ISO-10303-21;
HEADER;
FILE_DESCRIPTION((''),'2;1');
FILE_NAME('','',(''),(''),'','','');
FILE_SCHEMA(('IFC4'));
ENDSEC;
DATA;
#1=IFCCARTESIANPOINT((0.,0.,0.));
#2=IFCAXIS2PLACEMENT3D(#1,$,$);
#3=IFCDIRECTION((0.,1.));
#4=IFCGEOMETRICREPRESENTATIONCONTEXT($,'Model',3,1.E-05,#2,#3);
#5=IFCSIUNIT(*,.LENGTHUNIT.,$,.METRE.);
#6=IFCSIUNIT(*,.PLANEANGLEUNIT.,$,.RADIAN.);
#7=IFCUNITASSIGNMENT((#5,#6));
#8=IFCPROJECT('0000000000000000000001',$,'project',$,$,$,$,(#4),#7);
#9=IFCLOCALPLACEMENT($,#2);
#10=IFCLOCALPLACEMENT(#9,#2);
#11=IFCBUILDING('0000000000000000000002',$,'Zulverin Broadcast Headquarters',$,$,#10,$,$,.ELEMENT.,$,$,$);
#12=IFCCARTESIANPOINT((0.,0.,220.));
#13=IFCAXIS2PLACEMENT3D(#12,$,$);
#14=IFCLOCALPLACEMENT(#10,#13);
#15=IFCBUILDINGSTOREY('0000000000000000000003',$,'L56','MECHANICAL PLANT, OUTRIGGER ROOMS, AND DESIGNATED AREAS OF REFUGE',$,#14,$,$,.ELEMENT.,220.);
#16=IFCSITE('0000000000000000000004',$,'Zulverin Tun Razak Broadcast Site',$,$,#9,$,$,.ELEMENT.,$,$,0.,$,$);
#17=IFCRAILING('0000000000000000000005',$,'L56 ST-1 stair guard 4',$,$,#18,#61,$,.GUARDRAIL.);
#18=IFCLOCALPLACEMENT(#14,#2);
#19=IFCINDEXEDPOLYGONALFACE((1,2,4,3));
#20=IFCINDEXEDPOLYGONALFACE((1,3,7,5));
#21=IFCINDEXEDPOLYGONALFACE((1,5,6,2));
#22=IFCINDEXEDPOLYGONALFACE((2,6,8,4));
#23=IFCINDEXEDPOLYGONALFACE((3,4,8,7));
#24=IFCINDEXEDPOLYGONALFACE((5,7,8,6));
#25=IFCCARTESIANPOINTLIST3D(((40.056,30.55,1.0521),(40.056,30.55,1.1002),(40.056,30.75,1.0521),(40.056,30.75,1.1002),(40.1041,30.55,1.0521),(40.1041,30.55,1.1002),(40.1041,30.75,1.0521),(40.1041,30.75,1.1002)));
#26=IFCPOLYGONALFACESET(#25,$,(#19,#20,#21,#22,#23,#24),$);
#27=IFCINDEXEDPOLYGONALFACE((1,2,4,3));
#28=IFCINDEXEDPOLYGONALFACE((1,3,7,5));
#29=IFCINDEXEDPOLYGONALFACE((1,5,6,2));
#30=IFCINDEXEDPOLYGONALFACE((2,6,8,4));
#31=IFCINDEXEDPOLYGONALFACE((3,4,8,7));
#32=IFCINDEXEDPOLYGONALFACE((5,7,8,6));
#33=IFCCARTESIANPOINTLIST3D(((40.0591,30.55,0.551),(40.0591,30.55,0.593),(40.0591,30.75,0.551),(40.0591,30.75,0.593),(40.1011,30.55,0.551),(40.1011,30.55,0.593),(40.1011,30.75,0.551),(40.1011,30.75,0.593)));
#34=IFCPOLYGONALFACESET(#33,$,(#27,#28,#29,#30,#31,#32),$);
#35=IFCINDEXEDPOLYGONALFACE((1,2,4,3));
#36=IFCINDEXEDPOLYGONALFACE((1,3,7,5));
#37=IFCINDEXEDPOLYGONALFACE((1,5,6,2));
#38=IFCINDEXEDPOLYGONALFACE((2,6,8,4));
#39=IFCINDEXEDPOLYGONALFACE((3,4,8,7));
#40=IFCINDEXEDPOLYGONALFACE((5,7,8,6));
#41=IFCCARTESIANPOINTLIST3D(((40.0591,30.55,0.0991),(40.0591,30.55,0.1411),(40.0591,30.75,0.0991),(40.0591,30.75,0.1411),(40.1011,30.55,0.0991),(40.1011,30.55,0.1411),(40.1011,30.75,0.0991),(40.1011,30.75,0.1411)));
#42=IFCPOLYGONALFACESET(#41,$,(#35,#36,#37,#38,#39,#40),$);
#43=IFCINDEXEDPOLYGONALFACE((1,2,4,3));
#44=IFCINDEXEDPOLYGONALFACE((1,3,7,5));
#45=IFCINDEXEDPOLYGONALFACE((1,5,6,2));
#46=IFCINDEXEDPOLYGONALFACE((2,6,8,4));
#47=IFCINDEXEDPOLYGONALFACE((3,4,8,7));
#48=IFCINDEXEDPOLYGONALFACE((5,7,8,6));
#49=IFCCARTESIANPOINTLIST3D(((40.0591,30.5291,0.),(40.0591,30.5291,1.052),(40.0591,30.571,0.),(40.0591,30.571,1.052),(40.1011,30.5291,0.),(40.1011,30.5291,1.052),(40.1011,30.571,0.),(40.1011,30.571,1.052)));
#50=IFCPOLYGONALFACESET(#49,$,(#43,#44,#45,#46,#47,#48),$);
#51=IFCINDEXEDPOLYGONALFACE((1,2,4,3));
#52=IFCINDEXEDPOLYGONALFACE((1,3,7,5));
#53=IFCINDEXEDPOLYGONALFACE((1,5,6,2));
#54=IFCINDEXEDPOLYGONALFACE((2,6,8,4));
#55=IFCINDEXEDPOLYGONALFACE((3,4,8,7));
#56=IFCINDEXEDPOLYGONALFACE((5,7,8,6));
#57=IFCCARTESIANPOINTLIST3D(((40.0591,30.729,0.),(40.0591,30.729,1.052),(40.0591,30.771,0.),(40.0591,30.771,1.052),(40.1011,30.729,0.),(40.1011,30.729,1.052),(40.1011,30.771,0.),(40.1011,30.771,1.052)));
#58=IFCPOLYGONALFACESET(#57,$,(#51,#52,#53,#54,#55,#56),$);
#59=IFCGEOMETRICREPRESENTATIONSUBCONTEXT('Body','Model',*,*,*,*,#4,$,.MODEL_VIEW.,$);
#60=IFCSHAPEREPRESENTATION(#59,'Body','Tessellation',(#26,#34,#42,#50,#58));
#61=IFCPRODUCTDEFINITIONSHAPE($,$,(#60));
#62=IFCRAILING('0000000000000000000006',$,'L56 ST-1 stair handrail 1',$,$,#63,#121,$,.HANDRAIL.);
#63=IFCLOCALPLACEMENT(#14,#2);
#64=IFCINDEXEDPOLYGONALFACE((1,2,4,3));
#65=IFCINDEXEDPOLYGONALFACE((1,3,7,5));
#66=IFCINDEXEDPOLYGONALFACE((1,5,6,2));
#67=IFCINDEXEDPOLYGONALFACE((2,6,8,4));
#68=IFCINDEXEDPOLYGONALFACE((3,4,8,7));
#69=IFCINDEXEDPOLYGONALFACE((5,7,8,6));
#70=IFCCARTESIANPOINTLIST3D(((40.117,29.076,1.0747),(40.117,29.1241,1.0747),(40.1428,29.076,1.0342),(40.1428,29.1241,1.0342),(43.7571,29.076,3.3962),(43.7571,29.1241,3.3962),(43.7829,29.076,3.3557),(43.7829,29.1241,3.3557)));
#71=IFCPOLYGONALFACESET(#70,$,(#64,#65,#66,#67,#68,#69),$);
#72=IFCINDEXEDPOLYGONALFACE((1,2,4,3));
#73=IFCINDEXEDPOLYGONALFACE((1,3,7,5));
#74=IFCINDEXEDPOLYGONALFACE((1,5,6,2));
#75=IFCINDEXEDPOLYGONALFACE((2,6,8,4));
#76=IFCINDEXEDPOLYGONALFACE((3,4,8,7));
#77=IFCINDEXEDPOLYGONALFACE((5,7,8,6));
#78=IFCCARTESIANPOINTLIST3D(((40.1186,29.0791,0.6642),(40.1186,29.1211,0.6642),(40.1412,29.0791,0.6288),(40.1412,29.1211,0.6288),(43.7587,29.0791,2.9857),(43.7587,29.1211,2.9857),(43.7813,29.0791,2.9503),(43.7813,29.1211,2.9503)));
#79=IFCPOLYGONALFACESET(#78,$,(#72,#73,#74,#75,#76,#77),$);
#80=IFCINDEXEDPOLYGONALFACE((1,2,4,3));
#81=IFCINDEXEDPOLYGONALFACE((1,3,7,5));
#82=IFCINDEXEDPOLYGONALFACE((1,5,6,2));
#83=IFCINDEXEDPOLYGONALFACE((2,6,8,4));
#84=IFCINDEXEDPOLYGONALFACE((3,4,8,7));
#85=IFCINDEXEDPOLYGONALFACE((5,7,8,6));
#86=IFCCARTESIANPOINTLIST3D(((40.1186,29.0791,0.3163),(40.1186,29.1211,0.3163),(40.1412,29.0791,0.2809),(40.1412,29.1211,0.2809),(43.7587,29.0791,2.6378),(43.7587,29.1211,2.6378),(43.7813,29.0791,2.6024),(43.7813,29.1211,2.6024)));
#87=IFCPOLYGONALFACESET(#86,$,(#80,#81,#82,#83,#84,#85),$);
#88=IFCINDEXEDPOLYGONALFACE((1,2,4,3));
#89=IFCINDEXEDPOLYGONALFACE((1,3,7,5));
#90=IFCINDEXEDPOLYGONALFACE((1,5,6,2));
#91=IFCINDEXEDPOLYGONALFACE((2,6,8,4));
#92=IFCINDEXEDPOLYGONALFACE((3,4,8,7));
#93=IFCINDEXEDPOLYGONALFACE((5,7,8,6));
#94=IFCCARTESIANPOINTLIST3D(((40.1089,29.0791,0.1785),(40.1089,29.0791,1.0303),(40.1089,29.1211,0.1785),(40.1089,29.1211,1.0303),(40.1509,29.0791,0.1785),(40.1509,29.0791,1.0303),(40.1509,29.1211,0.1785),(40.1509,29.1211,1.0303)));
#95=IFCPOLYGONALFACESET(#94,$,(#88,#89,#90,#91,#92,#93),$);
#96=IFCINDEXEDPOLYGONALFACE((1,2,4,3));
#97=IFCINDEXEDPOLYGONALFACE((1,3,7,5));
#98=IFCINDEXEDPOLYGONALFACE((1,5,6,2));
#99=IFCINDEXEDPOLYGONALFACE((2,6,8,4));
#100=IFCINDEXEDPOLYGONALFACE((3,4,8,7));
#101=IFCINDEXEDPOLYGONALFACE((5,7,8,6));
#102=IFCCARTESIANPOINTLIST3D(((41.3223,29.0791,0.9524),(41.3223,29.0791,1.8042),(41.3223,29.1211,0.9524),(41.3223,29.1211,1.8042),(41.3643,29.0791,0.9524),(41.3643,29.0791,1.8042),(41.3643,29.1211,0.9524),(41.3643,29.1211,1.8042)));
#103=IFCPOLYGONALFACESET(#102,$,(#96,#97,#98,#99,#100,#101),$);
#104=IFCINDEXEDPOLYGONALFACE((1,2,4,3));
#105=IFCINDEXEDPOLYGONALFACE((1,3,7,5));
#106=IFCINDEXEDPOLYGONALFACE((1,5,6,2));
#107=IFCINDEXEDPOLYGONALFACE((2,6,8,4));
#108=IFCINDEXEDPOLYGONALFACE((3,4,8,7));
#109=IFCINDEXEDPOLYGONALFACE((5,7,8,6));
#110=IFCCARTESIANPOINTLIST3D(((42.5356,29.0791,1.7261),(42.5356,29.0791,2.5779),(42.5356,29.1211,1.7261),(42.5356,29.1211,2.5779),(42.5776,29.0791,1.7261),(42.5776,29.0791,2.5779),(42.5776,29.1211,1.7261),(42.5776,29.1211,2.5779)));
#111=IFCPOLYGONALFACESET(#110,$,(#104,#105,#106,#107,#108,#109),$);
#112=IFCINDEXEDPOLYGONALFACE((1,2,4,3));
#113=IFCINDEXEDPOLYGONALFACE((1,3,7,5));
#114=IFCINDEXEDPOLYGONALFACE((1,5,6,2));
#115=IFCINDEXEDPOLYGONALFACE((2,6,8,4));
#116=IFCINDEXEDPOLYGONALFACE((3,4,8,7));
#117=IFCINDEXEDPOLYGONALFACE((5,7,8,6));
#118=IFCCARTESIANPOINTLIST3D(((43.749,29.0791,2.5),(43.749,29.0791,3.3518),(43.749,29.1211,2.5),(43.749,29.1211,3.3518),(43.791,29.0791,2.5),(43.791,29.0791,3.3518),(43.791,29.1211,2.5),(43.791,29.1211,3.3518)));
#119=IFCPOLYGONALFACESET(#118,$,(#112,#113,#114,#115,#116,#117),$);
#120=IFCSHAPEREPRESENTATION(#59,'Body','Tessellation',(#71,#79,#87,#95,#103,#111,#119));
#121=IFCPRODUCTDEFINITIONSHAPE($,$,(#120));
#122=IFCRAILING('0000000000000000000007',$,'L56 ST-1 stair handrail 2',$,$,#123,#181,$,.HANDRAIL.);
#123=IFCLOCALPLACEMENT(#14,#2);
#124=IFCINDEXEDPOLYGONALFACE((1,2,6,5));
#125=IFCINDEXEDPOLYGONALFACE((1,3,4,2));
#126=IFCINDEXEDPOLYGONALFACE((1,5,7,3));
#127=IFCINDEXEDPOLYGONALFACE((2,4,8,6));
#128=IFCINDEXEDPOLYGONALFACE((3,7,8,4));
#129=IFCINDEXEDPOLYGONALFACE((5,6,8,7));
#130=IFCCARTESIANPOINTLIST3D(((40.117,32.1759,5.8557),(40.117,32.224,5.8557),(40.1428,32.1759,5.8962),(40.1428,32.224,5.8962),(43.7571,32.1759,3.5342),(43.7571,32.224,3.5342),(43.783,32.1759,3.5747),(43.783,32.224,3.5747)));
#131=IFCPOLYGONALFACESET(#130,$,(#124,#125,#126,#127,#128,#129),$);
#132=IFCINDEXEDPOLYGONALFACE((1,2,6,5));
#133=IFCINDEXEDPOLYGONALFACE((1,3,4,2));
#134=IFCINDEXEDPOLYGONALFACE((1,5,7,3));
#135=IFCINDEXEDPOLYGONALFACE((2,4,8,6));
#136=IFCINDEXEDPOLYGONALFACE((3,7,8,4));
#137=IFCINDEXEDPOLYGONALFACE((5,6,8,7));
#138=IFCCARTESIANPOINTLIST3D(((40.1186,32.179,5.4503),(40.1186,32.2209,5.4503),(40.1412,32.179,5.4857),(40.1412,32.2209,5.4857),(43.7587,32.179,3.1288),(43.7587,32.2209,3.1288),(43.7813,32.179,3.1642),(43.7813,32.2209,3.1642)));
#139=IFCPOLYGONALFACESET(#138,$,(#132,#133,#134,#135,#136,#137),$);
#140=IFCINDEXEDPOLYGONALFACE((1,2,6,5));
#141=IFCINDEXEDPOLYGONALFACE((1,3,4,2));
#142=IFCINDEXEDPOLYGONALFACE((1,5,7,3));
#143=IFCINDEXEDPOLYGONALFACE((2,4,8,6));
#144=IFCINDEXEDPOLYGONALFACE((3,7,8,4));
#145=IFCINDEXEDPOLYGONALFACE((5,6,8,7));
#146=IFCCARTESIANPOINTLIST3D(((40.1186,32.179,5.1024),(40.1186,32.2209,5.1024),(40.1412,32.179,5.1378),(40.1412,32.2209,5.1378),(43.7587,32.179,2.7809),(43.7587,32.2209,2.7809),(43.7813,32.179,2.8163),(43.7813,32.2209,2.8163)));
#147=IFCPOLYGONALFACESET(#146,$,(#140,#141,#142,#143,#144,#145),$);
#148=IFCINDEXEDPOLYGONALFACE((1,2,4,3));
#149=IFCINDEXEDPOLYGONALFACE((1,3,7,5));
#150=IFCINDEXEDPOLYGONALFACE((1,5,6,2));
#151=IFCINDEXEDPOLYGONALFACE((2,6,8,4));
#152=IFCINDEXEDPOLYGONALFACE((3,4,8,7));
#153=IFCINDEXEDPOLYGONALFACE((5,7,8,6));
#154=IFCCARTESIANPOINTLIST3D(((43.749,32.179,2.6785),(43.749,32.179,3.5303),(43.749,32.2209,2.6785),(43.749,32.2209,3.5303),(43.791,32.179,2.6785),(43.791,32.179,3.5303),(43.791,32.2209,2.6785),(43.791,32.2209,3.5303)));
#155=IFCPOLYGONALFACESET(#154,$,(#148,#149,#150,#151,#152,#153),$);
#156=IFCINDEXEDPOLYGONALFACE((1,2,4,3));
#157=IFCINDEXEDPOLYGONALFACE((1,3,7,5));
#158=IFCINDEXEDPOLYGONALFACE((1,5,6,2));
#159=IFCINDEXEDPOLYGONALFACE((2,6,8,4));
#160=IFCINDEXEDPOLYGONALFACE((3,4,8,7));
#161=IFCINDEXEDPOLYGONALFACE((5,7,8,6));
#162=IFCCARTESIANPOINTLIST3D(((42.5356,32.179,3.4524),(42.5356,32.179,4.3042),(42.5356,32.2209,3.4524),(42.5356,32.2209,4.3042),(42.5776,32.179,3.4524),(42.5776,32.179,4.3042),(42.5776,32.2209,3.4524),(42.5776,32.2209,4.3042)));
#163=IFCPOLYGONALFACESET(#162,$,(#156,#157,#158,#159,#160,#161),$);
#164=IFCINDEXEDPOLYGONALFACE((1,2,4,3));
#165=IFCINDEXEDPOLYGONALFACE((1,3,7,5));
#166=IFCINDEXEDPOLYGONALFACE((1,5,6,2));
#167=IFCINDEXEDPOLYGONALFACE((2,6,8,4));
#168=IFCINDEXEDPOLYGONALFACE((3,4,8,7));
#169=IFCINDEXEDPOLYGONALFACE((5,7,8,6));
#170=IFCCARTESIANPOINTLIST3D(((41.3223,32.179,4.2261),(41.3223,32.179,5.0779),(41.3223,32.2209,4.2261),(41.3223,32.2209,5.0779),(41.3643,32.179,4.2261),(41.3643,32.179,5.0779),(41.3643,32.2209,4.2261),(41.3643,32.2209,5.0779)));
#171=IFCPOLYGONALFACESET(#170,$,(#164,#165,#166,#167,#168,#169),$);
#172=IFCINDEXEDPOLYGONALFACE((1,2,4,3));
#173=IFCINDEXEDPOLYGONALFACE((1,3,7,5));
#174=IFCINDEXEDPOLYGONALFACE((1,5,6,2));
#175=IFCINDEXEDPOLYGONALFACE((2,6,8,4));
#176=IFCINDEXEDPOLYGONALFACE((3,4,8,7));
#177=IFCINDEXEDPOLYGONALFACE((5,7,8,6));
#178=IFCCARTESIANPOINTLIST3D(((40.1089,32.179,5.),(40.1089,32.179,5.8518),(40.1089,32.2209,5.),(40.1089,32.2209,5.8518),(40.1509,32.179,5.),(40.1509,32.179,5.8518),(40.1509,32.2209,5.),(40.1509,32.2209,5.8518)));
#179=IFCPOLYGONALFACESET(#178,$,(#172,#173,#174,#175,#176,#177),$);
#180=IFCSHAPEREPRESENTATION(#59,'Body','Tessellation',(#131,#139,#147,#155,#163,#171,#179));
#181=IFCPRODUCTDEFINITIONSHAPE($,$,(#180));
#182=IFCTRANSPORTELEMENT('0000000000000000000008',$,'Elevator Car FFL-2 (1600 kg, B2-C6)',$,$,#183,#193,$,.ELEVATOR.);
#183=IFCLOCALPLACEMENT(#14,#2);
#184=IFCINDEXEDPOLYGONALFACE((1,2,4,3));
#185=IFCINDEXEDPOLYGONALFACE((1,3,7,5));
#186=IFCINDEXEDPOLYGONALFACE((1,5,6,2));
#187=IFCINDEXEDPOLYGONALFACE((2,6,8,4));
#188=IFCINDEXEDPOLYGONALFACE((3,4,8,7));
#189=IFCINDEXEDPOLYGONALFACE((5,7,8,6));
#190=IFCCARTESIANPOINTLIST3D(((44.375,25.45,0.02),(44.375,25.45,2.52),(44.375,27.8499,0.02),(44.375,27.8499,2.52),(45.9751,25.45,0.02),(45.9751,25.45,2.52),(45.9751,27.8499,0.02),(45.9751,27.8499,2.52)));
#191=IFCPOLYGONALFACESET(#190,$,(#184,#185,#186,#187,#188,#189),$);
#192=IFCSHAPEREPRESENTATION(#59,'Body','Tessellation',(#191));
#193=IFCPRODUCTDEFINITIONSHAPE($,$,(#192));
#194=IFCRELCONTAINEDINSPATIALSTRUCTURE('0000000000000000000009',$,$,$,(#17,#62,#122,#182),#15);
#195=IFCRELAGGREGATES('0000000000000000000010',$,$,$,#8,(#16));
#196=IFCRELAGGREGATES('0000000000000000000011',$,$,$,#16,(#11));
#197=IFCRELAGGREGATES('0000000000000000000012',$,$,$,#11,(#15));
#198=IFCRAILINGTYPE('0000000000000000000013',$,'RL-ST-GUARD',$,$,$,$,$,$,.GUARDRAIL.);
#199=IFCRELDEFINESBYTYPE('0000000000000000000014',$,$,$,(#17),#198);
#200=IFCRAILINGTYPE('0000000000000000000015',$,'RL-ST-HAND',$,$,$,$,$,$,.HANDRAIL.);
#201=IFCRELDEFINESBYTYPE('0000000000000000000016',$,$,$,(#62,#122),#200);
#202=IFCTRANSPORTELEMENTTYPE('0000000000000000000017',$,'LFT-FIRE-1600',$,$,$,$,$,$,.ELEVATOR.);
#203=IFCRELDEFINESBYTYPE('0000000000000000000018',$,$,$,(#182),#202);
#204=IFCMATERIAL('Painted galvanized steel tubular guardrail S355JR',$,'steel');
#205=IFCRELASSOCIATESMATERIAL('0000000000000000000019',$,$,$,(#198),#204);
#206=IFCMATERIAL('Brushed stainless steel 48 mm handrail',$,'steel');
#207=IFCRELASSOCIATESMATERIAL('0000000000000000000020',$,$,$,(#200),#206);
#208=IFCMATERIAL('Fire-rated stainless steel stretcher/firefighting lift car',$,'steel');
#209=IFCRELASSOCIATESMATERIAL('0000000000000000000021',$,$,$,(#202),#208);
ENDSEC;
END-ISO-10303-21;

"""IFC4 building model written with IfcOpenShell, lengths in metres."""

from ifc_helpers import new_model, si_unit, direction, frame, origin, origin_2d, place, context, subcontext, project, spatial, rectangle, extrude, material, type_object, element, save


model = new_model("IFC4")

# Units and contexts
model_context = context("Model", 3, precision=1e-05, world=origin(), true_north=direction((0.0, 1.0)))
body_context = subcontext(model_context, "Body", "Model", "MODEL_VIEW")
ifc_project = project(units=[si_unit("LENGTHUNIT", "METRE"), si_unit("PLANEANGLEUNIT", "RADIAN")], contexts=[model_context])

# Site, building, storey
site_placement = place(None, origin())
site = spatial("IfcSite", under=ifc_project, at=site_placement, Name="Zulverin Tun Razak Broadcast Site", CompositionType="ELEMENT", RefElevation=0.0)
building_placement = place(site_placement, origin())
building = spatial("IfcBuilding", under=site, at=building_placement, Name="Zulverin Broadcast Headquarters", CompositionType="ELEMENT")
storey_placement = place(building_placement, frame((0.0, 0.0, 220.0)))
storey = spatial("IfcBuildingStorey", under=building, at=storey_placement, Name="L56", Description="MECHANICAL PLANT, OUTRIGGER ROOMS, AND DESIGNATED AREAS OF REFUGE", CompositionType="ELEMENT", Elevation=220.0)

# Railings
ifc_material_1 = material(Name="Painted galvanized steel tubular guardrail S355JR", Category="steel")
railing_type_1 = type_object("IfcRailingType", Name="RL-ST-GUARD", PredefinedType="GUARDRAIL", material=ifc_material_1)
railing_1_placement = place(storey_placement, frame((40.0801, 30.55, 0.0)))
element("IfcRailing", 1, at=railing_1_placement, inside=storey, type_object=railing_type_1, Name="L56 ST-1 stair guard 4", PredefinedType="GUARDRAIL", context=body_context, shape_type="SweptSolid", body=[
    extrude(rectangle(XDim=0.0481, YDim=0.0481, at=origin_2d()), frame((0.0, 0.0, 1.0762), z_axis=(0.0, 1.0, 0.0), x_axis=(-1.0, 0.0, 0.0)), (0.0, 0.0, 1.0), 0.2),
    extrude(rectangle(XDim=0.042, YDim=0.042, at=origin_2d()), frame((0.0, 0.0, 0.572), z_axis=(0.0, 1.0, 0.0), x_axis=(-1.0, 0.0, 0.0)), (0.0, 0.0, 1.0), 0.2),
    extrude(rectangle(XDim=0.042, YDim=0.042, at=origin_2d()), frame((0.0, 0.0, 0.1201), z_axis=(0.0, 1.0, 0.0), x_axis=(-1.0, 0.0, 0.0)), (0.0, 0.0, 1.0), 0.2),
    extrude(rectangle(XDim=0.042, YDim=0.042, at=origin_2d()), origin(), (0.0, 0.0, 1.0), 1.052),
    extrude(rectangle(XDim=0.042, YDim=0.042, at=origin_2d()), frame((0.0, 0.2, 0.0)), (0.0, 0.0, 1.0), 1.052),
])
ifc_material_2 = material(Name="Brushed stainless steel 48 mm handrail", Category="steel")
railing_type_2 = type_object("IfcRailingType", Name="RL-ST-HAND", PredefinedType="HANDRAIL", material=ifc_material_2)
railing_2_placement = place(storey_placement, frame((40.1299, 29.1001, 0.1785)))
element("IfcRailing", 2, at=railing_2_placement, inside=storey, type_object=railing_type_2, Name="L56 ST-1 stair handrail 1", PredefinedType="HANDRAIL", context=body_context, shape_type="SweptSolid", body=[
    extrude(rectangle(XDim=0.0481, YDim=0.0481, at=origin_2d()), frame((0.0, 0.0, 0.876), z_axis=(0.843128, 0.0, 0.537713), x_axis=(0.0, 1.0, 0.0)), (0.0, 0.0, 1.0), 4.3174),
    extrude(rectangle(XDim=0.042, YDim=0.042, at=origin_2d()), frame((0.0, 0.0, 0.468), z_axis=(0.843128, 0.0, 0.537713), x_axis=(0.0, 1.0, 0.0)), (0.0, 0.0, 1.0), 4.3174),
    extrude(rectangle(XDim=0.042, YDim=0.042, at=origin_2d()), frame((0.0, 0.0, 0.1201), z_axis=(0.843128, 0.0, 0.537713), x_axis=(0.0, 1.0, 0.0)), (0.0, 0.0, 1.0), 4.3174),
    extrude(rectangle(XDim=0.042, YDim=0.042, at=origin_2d()), origin(), (0.0, 0.0, 1.0), 0.8518),
    extrude(rectangle(XDim=0.042, YDim=0.042, at=origin_2d()), frame((1.2134, 0.0, 0.7739)), (0.0, 0.0, 1.0), 0.8518),
    extrude(rectangle(XDim=0.042, YDim=0.042, at=origin_2d()), frame((2.4268, 0.0, 1.5476)), (0.0, 0.0, 1.0), 0.8518),
    extrude(rectangle(XDim=0.042, YDim=0.042, at=origin_2d()), frame((3.6401, 0.0, 2.3215)), (0.0, 0.0, 1.0), 0.8518),
])
railing_3_placement = place(storey_placement, frame((43.77, 32.2, 2.6785)))
element("IfcRailing", 3, at=railing_3_placement, inside=storey, type_object=railing_type_2, Name="L56 ST-1 stair handrail 2", PredefinedType="HANDRAIL", context=body_context, shape_type="SweptSolid", body=[
    extrude(rectangle(XDim=0.0481, YDim=0.0481, at=origin_2d()), frame((0.0, 0.0, 0.876), z_axis=(-0.843128, 0.0, 0.537713), x_axis=(0.0, -1.0, 0.0)), (0.0, 0.0, 1.0), 4.3174),
    extrude(rectangle(XDim=0.042, YDim=0.042, at=origin_2d()), frame((0.0, 0.0, 0.468), z_axis=(-0.843128, 0.0, 0.537713), x_axis=(0.0, -1.0, 0.0)), (0.0, 0.0, 1.0), 4.3174),
    extrude(rectangle(XDim=0.042, YDim=0.042, at=origin_2d()), frame((0.0, 0.0, 0.1201), z_axis=(-0.843128, 0.0, 0.537713), x_axis=(0.0, -1.0, 0.0)), (0.0, 0.0, 1.0), 4.3174),
    extrude(rectangle(XDim=0.042, YDim=0.042, at=origin_2d()), origin(), (0.0, 0.0, 1.0), 0.8518),
    extrude(rectangle(XDim=0.042, YDim=0.042, at=origin_2d()), frame((-1.2134, 0.0, 0.7739)), (0.0, 0.0, 1.0), 0.8518),
    extrude(rectangle(XDim=0.042, YDim=0.042, at=origin_2d()), frame((-2.4268, 0.0, 1.5476)), (0.0, 0.0, 1.0), 0.8518),
    extrude(rectangle(XDim=0.042, YDim=0.042, at=origin_2d()), frame((-3.6401, 0.0, 2.3215)), (0.0, 0.0, 1.0), 0.8518),
])

# Transport element
ifc_material_3 = material(Name="Fire-rated stainless steel stretcher/firefighting lift car", Category="steel")
transport_element_type = type_object("IfcTransportElementType", Name="LFT-FIRE-1600", PredefinedType="ELEVATOR", material=ifc_material_3)
transport_element_placement = place(storey_placement, frame((45.175, 26.6499, 0.02), z_axis=(0.0, 0.0, 1.0), x_axis=(1.0, 0.0, 0.0)))
element("IfcTransportElement", 4, at=transport_element_placement, inside=storey, type_object=transport_element_type, Name="Elevator Car FFL-2 (1600 kg, B2-C6)", PredefinedType="ELEVATOR", context=body_context, shape_type="SweptSolid", body=[
    extrude(rectangle(XDim=1.6001, YDim=2.3999, at=origin_2d()), origin(), (0.0, 0.0, 1.0), 2.5),
])

save(model, "model.ifc")
